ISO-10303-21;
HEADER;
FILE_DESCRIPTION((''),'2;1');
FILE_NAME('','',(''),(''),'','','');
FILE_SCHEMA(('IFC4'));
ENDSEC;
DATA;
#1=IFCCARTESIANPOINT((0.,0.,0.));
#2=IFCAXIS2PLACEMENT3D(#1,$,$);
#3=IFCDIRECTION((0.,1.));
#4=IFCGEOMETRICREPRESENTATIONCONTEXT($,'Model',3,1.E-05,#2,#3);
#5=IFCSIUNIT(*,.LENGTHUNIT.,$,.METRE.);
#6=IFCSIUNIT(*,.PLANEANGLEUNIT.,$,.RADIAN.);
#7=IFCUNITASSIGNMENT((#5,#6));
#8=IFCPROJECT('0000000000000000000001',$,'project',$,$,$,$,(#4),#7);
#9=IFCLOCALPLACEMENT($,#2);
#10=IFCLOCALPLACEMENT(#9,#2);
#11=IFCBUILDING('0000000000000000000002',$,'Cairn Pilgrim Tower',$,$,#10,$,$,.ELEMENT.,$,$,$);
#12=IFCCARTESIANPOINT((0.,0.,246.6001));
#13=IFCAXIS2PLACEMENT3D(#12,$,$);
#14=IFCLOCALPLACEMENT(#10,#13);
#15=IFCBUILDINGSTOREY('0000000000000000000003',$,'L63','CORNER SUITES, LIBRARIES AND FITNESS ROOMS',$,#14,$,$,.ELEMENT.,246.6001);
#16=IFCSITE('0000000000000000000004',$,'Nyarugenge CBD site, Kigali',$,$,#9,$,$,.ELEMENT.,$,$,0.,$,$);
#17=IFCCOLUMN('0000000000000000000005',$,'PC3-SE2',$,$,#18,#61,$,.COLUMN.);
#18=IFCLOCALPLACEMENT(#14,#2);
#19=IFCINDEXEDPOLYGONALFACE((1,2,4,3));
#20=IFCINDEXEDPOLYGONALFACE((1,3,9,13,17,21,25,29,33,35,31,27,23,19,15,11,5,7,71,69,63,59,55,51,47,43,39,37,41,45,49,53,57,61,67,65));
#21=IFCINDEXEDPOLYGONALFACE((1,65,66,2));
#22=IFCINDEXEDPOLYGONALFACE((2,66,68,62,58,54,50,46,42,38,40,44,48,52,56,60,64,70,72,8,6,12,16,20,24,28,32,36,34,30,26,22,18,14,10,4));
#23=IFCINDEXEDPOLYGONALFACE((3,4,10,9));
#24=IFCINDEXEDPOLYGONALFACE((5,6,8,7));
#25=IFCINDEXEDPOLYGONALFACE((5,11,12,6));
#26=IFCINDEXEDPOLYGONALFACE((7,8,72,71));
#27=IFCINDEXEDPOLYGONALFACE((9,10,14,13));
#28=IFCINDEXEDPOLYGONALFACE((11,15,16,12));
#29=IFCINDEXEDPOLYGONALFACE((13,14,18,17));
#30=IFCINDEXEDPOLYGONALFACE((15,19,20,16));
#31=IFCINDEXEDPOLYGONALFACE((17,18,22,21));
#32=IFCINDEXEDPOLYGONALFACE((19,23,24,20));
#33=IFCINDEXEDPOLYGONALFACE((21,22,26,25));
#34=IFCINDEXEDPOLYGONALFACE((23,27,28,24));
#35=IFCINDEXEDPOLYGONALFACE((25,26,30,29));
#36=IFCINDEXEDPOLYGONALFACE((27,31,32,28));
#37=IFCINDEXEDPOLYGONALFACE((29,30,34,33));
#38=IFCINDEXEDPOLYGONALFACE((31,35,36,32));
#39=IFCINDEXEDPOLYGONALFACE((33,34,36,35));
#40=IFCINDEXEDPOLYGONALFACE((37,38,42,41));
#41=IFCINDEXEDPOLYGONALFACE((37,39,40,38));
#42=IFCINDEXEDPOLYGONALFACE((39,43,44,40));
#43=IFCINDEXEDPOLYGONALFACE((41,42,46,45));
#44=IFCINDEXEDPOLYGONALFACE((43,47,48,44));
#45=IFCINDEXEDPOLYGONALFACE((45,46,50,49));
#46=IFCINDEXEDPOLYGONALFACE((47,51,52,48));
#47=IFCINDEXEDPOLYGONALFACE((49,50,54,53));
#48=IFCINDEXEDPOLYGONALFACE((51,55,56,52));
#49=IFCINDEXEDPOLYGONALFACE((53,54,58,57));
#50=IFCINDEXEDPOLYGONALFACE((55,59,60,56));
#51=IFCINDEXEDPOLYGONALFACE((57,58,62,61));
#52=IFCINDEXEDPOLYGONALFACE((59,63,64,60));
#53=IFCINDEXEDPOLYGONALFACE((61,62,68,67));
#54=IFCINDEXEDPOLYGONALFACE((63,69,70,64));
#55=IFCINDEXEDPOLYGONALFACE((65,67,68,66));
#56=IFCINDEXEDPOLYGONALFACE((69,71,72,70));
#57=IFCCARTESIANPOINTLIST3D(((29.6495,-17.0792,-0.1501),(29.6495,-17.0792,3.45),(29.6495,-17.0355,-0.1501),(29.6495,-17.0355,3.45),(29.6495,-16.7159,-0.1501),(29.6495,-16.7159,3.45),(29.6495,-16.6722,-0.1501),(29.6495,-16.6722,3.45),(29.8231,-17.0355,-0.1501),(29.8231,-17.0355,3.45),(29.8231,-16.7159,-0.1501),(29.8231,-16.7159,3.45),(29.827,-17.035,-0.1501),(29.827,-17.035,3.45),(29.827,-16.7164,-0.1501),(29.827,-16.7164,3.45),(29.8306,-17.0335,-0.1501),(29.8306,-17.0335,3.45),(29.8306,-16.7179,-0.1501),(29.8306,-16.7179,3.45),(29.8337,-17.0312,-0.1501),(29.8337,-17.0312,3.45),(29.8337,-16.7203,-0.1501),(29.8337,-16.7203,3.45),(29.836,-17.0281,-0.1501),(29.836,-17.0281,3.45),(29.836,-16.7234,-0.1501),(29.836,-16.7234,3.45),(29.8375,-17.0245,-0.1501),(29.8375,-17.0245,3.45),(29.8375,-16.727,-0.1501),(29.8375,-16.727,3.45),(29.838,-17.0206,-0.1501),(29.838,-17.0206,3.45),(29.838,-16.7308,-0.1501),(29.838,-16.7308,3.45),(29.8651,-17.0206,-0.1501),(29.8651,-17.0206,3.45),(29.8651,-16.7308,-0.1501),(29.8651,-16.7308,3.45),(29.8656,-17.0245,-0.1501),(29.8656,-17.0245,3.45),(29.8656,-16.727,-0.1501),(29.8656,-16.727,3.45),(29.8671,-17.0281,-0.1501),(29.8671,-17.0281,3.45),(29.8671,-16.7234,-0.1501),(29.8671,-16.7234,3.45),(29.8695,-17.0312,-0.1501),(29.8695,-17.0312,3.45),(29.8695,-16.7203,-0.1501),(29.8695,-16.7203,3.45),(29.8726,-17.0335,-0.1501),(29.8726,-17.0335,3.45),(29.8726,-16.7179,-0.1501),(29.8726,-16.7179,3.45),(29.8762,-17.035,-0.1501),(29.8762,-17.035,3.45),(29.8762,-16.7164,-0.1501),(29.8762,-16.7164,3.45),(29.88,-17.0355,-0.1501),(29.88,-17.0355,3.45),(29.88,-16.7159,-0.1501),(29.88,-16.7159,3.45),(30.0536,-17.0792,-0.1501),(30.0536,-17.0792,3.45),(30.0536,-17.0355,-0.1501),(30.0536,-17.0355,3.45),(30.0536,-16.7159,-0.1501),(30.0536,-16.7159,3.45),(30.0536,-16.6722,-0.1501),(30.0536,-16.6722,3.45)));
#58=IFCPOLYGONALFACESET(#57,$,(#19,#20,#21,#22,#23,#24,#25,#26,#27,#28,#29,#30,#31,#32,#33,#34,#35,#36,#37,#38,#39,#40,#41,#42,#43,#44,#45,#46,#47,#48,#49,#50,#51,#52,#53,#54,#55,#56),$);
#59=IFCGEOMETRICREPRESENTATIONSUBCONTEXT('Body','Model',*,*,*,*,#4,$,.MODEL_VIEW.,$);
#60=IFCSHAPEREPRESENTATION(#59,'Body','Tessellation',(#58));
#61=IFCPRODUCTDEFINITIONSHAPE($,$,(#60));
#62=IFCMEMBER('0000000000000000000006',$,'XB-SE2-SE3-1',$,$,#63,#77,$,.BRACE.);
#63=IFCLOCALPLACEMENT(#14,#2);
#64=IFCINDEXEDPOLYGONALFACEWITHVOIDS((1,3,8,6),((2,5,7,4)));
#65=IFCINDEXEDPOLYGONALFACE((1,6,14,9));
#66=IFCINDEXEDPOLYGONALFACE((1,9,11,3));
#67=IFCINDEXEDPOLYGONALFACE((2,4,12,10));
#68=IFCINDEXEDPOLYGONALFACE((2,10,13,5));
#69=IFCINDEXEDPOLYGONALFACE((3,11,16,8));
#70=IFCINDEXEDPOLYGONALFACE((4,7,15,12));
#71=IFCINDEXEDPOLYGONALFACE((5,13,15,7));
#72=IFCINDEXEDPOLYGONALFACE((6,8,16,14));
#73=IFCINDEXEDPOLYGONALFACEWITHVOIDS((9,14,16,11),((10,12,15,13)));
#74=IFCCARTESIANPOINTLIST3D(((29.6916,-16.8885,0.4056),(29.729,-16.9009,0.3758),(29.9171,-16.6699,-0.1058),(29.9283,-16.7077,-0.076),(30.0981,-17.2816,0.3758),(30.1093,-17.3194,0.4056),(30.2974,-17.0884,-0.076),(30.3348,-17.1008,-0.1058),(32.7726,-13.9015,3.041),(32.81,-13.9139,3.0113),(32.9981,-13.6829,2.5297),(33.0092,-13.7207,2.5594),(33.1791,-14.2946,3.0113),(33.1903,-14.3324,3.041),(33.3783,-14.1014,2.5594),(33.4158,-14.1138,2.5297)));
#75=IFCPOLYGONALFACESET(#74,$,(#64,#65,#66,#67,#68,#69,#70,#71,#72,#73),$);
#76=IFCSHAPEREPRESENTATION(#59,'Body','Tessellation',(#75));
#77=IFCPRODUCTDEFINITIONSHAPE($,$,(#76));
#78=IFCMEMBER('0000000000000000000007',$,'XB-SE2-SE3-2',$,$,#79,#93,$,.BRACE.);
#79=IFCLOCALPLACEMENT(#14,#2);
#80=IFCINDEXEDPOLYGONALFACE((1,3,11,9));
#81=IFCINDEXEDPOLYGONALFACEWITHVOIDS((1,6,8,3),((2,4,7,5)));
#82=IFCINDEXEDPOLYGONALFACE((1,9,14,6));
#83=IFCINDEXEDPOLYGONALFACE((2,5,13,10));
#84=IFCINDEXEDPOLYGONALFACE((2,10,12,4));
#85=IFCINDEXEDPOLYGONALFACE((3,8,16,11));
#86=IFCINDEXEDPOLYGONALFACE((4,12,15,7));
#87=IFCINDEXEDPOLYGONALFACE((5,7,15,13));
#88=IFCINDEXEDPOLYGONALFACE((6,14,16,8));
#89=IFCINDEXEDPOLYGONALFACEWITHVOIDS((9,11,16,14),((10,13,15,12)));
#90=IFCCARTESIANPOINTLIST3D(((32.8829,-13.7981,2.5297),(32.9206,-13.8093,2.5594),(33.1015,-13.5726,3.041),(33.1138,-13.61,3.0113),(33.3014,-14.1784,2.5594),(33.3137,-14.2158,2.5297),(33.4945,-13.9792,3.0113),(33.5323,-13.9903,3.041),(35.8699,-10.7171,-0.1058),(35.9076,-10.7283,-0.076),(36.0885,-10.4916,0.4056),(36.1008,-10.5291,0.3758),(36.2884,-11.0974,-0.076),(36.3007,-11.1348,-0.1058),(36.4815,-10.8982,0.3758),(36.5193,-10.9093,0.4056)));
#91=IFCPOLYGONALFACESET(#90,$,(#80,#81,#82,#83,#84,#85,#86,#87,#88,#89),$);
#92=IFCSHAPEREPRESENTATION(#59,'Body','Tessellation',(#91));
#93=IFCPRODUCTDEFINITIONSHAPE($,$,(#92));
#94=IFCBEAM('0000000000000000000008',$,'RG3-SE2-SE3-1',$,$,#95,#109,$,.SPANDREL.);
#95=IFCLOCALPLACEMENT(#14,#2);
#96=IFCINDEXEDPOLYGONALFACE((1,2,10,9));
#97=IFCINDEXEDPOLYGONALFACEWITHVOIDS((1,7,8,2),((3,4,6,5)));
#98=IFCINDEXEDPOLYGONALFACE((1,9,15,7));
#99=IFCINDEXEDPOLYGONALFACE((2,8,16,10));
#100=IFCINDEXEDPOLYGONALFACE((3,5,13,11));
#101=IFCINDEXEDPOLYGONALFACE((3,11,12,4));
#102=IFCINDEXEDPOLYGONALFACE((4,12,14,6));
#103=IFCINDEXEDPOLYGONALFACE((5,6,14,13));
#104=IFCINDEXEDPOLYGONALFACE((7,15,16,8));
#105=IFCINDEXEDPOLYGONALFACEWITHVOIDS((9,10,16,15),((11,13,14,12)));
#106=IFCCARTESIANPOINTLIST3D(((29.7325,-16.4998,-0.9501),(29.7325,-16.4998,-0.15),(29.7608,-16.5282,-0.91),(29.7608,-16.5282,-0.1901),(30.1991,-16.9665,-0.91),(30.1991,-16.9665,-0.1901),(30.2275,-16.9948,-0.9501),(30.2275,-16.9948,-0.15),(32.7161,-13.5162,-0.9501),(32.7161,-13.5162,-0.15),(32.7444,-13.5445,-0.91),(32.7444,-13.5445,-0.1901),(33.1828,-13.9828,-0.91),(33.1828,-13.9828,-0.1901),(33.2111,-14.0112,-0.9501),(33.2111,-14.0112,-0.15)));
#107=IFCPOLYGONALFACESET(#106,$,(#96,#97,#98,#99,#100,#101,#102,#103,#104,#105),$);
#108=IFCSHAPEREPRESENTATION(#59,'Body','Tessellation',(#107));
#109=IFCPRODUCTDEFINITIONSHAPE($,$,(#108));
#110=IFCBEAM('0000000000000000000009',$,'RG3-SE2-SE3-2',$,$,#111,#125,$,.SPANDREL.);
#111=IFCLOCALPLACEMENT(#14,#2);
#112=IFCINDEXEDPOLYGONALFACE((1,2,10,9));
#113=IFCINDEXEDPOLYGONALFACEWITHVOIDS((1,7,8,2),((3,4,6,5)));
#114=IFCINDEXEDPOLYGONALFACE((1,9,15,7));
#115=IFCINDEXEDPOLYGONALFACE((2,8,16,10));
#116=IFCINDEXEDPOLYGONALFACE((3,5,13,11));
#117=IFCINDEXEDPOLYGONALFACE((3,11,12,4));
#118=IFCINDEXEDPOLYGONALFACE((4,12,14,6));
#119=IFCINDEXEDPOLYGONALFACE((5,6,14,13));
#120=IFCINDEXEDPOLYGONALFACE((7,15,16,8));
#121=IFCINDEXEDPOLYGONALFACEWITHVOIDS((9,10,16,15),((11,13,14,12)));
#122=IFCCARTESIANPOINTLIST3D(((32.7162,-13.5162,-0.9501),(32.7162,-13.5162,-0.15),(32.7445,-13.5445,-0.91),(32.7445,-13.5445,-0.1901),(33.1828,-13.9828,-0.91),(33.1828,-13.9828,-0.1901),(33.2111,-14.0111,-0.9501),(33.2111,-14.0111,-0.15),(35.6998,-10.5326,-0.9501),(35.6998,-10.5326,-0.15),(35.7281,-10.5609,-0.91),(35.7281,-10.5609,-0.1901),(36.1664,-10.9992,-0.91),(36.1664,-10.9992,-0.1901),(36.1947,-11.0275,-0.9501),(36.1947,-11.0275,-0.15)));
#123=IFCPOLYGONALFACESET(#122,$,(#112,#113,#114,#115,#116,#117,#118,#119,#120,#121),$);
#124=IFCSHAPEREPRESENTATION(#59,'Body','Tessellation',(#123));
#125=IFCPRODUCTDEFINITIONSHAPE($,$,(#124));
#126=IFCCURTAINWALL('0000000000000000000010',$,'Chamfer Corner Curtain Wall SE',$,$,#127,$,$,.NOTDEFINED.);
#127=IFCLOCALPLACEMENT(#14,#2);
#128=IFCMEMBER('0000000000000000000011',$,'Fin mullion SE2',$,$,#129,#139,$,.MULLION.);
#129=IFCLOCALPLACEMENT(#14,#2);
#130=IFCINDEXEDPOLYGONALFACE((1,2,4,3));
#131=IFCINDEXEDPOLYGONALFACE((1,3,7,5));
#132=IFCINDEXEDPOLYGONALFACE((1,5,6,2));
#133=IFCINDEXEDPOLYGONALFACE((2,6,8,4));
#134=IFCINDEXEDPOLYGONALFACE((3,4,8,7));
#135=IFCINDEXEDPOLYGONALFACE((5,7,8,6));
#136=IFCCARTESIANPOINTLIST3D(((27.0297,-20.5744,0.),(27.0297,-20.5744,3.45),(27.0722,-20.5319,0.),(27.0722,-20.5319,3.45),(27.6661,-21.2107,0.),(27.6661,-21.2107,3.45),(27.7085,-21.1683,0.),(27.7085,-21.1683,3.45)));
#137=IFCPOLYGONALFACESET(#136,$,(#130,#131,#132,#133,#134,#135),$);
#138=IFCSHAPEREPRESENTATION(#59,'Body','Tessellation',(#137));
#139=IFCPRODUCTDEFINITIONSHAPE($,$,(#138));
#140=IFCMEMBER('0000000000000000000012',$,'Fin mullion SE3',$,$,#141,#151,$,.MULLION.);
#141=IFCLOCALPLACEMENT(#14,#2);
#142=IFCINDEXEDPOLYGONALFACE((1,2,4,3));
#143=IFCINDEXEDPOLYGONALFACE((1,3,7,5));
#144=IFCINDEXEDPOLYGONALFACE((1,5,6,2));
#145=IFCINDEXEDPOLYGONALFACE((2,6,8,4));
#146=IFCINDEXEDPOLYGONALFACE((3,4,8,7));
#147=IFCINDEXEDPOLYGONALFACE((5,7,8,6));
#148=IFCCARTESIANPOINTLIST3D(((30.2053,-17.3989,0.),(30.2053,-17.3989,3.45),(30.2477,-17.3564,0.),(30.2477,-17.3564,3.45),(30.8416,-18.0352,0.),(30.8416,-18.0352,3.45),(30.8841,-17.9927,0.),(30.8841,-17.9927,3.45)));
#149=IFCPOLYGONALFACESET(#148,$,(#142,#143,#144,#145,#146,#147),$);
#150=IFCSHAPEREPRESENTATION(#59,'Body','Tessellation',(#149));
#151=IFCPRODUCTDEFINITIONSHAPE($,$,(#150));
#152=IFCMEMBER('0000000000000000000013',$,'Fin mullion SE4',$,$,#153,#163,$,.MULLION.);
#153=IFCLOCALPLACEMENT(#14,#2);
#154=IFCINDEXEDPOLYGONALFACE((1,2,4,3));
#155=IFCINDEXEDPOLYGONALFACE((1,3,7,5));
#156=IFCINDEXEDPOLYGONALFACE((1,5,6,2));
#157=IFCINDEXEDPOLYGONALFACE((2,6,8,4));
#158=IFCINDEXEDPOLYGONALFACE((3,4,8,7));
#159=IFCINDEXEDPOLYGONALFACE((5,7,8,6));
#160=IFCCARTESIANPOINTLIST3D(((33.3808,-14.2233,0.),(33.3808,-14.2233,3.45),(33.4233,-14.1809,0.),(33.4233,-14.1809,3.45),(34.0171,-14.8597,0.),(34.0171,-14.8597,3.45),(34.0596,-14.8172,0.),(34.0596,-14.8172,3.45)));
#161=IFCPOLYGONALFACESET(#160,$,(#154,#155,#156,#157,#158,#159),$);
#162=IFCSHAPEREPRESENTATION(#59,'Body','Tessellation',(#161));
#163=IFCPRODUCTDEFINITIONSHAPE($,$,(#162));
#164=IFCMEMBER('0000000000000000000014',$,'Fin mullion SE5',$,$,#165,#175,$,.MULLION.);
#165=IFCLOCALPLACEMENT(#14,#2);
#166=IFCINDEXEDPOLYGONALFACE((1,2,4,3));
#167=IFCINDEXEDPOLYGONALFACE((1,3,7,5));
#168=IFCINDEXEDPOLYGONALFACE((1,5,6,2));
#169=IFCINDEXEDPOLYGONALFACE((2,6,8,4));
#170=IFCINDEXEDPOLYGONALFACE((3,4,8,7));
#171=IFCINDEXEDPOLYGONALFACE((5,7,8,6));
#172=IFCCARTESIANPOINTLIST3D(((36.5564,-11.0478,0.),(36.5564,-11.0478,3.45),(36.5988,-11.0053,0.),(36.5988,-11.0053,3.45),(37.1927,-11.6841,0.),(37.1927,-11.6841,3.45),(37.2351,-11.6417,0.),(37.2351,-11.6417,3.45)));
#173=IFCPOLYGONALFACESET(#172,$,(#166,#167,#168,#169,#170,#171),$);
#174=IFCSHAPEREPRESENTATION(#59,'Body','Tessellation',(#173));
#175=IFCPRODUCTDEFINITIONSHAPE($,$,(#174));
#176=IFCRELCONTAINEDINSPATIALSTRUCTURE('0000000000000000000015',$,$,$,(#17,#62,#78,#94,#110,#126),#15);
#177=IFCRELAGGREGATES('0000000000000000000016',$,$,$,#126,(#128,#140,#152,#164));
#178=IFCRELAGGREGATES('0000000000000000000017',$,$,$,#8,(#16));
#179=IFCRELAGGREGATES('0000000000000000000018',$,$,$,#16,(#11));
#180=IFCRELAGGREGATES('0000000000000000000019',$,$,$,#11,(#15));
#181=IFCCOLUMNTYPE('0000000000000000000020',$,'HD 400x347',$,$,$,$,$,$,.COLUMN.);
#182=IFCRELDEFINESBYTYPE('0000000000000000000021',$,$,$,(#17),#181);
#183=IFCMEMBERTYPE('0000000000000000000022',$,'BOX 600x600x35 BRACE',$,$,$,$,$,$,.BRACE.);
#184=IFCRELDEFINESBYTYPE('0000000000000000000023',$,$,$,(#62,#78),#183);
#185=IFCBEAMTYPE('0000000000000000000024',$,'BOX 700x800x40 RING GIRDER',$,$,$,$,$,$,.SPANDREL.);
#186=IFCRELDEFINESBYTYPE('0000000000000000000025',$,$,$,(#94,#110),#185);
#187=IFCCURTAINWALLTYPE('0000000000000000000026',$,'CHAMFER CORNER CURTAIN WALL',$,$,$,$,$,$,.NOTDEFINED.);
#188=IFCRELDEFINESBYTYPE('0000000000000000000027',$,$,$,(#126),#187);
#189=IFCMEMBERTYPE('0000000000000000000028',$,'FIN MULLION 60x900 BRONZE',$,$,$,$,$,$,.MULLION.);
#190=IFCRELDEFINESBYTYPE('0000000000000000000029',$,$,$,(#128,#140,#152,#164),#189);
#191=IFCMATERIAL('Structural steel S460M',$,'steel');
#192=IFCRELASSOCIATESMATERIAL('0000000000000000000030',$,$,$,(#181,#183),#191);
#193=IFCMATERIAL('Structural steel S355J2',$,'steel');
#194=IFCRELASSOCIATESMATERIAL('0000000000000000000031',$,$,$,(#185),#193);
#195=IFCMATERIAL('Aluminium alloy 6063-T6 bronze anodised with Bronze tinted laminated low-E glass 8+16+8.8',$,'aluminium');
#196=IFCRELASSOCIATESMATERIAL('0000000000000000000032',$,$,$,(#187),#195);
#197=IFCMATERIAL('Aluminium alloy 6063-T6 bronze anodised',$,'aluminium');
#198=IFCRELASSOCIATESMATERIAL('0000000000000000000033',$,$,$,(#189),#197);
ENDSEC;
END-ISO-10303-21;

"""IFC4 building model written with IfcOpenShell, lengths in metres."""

from ifc_helpers import new_model, si_unit, direction, frame, origin, origin_2d, place, context, subcontext, project, spatial, rectangle, hollow_rectangle, i_section, extrude, material, material_profile, profile_set, type_object, element, aggregate, save


model = new_model("IFC4")

# Units and contexts
model_context = context("Model", 3, precision=1e-05, world=origin(), true_north=direction((0.0, 1.0)))
body_context = subcontext(model_context, "Body", "Model", "MODEL_VIEW")
ifc_project = project(units=[si_unit("LENGTHUNIT", "METRE"), si_unit("PLANEANGLEUNIT", "RADIAN")], contexts=[model_context])

# Site, building, storey
site_placement = place(None, origin())
site = spatial("IfcSite", under=ifc_project, at=site_placement, Name="Nyarugenge CBD site, Kigali", CompositionType="ELEMENT", RefElevation=0.0)
building_placement = place(site_placement, origin())
building = spatial("IfcBuilding", under=site, at=building_placement, Name="Cairn Pilgrim Tower", CompositionType="ELEMENT")
storey_placement = place(building_placement, frame((0.0, 0.0, 246.6001)))
storey = spatial("IfcBuildingStorey", under=building, at=storey_placement, Name="L63", Description="CORNER SUITES, LIBRARIES AND FITNESS ROOMS", CompositionType="ELEMENT", Elevation=246.6001)

# Column
ifc_material_1 = material(Name="Structural steel S460M", Category="steel")
ifc_material_profile_1 = material_profile(ifc_material_1, i_section(OverallWidth=0.4041, OverallDepth=0.407, WebThickness=0.0271, FlangeThickness=0.0437, FilletRadius=0.0149, at=origin_2d()), Name="HD 400x347")
ifc_profile_set_1 = profile_set([ifc_material_profile_1], Name="Structural steel S460M")
column_type = type_object("IfcColumnType", Name="HD 400x347", PredefinedType="COLUMN", material=ifc_profile_set_1)
column_placement = place(storey_placement, frame((29.8516, -16.8757, -0.1501), z_axis=(0.0, 0.0, 1.0), x_axis=(1.0, 0.0, 0.0)))
element("IfcColumn", 1, at=column_placement, inside=storey, type_object=column_type, Name="PC3-SE2", PredefinedType="COLUMN", context=body_context, shape_type="SweptSolid", body=[
    extrude(i_section(OverallWidth=0.4041, OverallDepth=0.407, WebThickness=0.0271, FlangeThickness=0.0437, FilletRadius=0.0149, at=origin_2d()), origin(), (0.0, 0.0, 1.0), 3.6001),
])

# Members
ifc_material_profile_2 = material_profile(ifc_material_1, hollow_rectangle(XDim=0.6001, YDim=0.6001, WallThickness=0.0349, at=origin_2d()), Name="BOX 600x600x35")
ifc_profile_set_2 = profile_set([ifc_material_profile_2], Name="Structural steel S460M")
member_type_1 = type_object("IfcMemberType", Name="BOX 600x600x35 BRACE", PredefinedType="BRACE", material=ifc_profile_set_2)
for number, where, z_axis, x_axis, name in (
    (2, (30.0132, -16.9946, 0.1499), (0.611806, 0.593142, 0.523332), (-0.69607, 0.717974, 0.0), "XB-SE2-SE3-1"),
    (3, (36.1946, -10.8132, 0.1499), (-0.593142, -0.611806, 0.523332), (0.717974, -0.69607, 0.0), "XB-SE2-SE3-2"),
):
    element("IfcMember", number, at=place(storey_placement, frame(where, z_axis=z_axis, x_axis=x_axis)), inside=storey, type_object=member_type_1, Name=name, PredefinedType="BRACE", context=body_context, shape_type="SweptSolid", body=[
        extrude(hollow_rectangle(XDim=0.6001, YDim=0.6001, WallThickness=0.0349, at=origin_2d()), origin(), (0.0, 0.0, 1.0), 5.0359),
    ])

# Beams
ifc_material_2 = material(Name="Structural steel S355J2", Category="steel")
ifc_material_profile_3 = material_profile(ifc_material_2, hollow_rectangle(XDim=0.7, YDim=0.8, WallThickness=0.04, at=origin_2d()), Name="BOX 700x800x40")
ifc_profile_set_3 = profile_set([ifc_material_profile_3], Name="Structural steel S355J2")
beam_type_1 = type_object("IfcBeamType", Name="BOX 700x800x40 RING GIRDER", PredefinedType="SPANDREL", material=ifc_profile_set_3)
for number, where, z_axis, x_axis, name in (
    (4, (29.98, -16.7473, -0.55), (0.707107, 0.707107, 0.0), (-0.707107, 0.707107, 0.0), "RG3-SE2-SE3-1"),
    (5, (32.9636, -13.7637, -0.55), (0.707107, 0.707107, 0.0), (-0.707107, 0.707107, 0.0), "RG3-SE2-SE3-2"),
):
    element("IfcBeam", number, at=place(storey_placement, frame(where, z_axis=z_axis, x_axis=x_axis)), inside=storey, type_object=beam_type_1, Name=name, PredefinedType="SPANDREL", context=body_context, shape_type="SweptSolid", body=[
        extrude(hollow_rectangle(XDim=0.7, YDim=0.8, WallThickness=0.04, at=origin_2d()), origin(), (0.0, 0.0, 1.0), 4.2195),
    ])

# Curtain wall, members
ifc_material_3 = material(Name="Aluminium alloy 6063-T6 bronze anodised with Bronze tinted laminated low-E glass 8+16+8.8", Category="aluminium")
curtain_wall_type = type_object("IfcCurtainWallType", Name="CHAMFER CORNER CURTAIN WALL", PredefinedType="NOTDEFINED", material=ifc_material_3)
curtain_wall_placement = place(storey_placement, origin())
curtain_wall = element("IfcCurtainWall", 6, at=curtain_wall_placement, inside=storey, type_object=curtain_wall_type, Name="Chamfer Corner Curtain Wall SE", PredefinedType="NOTDEFINED")
ifc_material_4 = material(Name="Aluminium alloy 6063-T6 bronze anodised", Category="aluminium")
ifc_material_profile_4 = material_profile(ifc_material_4, rectangle(XDim=0.8999, YDim=0.0601, at=origin_2d()), Name="FIN MULLION 60x900 BRONZE")
ifc_profile_set_4 = profile_set([ifc_material_profile_4], Name="Aluminium alloy 6063-T6 bronze anodised")
member_type_2 = type_object("IfcMemberType", Name="FIN MULLION 60x900 BRONZE", PredefinedType="MULLION", material=ifc_profile_set_4)
member_1_placement = place(storey_placement, frame((27.3691, -20.8713, 0.0), z_axis=(0.0, 0.0, 1.0), x_axis=(0.707107, -0.707107, 0.0)))
member_1 = element("IfcMember", 7, at=member_1_placement, type_object=member_type_2, Name="Fin mullion SE2", PredefinedType="MULLION", context=body_context, shape_type="SweptSolid", body=[
    extrude(rectangle(XDim=0.8999, YDim=0.0601, at=origin_2d()), origin(), (0.0, 0.0, 1.0), 3.45),
])
member_2_placement = place(storey_placement, frame((30.5447, -17.6958, 0.0), z_axis=(0.0, 0.0, 1.0), x_axis=(0.707107, -0.707107, 0.0)))
member_2 = element("IfcMember", 8, at=member_2_placement, type_object=member_type_2, Name="Fin mullion SE3", PredefinedType="MULLION", context=body_context, shape_type="SweptSolid", body=[
    extrude(rectangle(XDim=0.8999, YDim=0.0601, at=origin_2d()), origin(), (0.0, 0.0, 1.0), 3.45),
])
member_3_placement = place(storey_placement, frame((33.7202, -14.5203, 0.0), z_axis=(0.0, 0.0, 1.0), x_axis=(0.707107, -0.707107, 0.0)))
member_3 = element("IfcMember", 9, at=member_3_placement, type_object=member_type_2, Name="Fin mullion SE4", PredefinedType="MULLION", context=body_context, shape_type="SweptSolid", body=[
    extrude(rectangle(XDim=0.8999, YDim=0.0601, at=origin_2d()), origin(), (0.0, 0.0, 1.0), 3.45),
])
member_4_placement = place(storey_placement, frame((36.8958, -11.3447, 0.0), z_axis=(0.0, 0.0, 1.0), x_axis=(0.707107, -0.707107, 0.0)))
member_4 = element("IfcMember", 10, at=member_4_placement, type_object=member_type_2, Name="Fin mullion SE5", PredefinedType="MULLION", context=body_context, shape_type="SweptSolid", body=[
    extrude(rectangle(XDim=0.8999, YDim=0.0601, at=origin_2d()), origin(), (0.0, 0.0, 1.0), 3.45),
])

aggregate(curtain_wall, [member_1, member_2, member_3, member_4])

save(model, "model.ifc")
